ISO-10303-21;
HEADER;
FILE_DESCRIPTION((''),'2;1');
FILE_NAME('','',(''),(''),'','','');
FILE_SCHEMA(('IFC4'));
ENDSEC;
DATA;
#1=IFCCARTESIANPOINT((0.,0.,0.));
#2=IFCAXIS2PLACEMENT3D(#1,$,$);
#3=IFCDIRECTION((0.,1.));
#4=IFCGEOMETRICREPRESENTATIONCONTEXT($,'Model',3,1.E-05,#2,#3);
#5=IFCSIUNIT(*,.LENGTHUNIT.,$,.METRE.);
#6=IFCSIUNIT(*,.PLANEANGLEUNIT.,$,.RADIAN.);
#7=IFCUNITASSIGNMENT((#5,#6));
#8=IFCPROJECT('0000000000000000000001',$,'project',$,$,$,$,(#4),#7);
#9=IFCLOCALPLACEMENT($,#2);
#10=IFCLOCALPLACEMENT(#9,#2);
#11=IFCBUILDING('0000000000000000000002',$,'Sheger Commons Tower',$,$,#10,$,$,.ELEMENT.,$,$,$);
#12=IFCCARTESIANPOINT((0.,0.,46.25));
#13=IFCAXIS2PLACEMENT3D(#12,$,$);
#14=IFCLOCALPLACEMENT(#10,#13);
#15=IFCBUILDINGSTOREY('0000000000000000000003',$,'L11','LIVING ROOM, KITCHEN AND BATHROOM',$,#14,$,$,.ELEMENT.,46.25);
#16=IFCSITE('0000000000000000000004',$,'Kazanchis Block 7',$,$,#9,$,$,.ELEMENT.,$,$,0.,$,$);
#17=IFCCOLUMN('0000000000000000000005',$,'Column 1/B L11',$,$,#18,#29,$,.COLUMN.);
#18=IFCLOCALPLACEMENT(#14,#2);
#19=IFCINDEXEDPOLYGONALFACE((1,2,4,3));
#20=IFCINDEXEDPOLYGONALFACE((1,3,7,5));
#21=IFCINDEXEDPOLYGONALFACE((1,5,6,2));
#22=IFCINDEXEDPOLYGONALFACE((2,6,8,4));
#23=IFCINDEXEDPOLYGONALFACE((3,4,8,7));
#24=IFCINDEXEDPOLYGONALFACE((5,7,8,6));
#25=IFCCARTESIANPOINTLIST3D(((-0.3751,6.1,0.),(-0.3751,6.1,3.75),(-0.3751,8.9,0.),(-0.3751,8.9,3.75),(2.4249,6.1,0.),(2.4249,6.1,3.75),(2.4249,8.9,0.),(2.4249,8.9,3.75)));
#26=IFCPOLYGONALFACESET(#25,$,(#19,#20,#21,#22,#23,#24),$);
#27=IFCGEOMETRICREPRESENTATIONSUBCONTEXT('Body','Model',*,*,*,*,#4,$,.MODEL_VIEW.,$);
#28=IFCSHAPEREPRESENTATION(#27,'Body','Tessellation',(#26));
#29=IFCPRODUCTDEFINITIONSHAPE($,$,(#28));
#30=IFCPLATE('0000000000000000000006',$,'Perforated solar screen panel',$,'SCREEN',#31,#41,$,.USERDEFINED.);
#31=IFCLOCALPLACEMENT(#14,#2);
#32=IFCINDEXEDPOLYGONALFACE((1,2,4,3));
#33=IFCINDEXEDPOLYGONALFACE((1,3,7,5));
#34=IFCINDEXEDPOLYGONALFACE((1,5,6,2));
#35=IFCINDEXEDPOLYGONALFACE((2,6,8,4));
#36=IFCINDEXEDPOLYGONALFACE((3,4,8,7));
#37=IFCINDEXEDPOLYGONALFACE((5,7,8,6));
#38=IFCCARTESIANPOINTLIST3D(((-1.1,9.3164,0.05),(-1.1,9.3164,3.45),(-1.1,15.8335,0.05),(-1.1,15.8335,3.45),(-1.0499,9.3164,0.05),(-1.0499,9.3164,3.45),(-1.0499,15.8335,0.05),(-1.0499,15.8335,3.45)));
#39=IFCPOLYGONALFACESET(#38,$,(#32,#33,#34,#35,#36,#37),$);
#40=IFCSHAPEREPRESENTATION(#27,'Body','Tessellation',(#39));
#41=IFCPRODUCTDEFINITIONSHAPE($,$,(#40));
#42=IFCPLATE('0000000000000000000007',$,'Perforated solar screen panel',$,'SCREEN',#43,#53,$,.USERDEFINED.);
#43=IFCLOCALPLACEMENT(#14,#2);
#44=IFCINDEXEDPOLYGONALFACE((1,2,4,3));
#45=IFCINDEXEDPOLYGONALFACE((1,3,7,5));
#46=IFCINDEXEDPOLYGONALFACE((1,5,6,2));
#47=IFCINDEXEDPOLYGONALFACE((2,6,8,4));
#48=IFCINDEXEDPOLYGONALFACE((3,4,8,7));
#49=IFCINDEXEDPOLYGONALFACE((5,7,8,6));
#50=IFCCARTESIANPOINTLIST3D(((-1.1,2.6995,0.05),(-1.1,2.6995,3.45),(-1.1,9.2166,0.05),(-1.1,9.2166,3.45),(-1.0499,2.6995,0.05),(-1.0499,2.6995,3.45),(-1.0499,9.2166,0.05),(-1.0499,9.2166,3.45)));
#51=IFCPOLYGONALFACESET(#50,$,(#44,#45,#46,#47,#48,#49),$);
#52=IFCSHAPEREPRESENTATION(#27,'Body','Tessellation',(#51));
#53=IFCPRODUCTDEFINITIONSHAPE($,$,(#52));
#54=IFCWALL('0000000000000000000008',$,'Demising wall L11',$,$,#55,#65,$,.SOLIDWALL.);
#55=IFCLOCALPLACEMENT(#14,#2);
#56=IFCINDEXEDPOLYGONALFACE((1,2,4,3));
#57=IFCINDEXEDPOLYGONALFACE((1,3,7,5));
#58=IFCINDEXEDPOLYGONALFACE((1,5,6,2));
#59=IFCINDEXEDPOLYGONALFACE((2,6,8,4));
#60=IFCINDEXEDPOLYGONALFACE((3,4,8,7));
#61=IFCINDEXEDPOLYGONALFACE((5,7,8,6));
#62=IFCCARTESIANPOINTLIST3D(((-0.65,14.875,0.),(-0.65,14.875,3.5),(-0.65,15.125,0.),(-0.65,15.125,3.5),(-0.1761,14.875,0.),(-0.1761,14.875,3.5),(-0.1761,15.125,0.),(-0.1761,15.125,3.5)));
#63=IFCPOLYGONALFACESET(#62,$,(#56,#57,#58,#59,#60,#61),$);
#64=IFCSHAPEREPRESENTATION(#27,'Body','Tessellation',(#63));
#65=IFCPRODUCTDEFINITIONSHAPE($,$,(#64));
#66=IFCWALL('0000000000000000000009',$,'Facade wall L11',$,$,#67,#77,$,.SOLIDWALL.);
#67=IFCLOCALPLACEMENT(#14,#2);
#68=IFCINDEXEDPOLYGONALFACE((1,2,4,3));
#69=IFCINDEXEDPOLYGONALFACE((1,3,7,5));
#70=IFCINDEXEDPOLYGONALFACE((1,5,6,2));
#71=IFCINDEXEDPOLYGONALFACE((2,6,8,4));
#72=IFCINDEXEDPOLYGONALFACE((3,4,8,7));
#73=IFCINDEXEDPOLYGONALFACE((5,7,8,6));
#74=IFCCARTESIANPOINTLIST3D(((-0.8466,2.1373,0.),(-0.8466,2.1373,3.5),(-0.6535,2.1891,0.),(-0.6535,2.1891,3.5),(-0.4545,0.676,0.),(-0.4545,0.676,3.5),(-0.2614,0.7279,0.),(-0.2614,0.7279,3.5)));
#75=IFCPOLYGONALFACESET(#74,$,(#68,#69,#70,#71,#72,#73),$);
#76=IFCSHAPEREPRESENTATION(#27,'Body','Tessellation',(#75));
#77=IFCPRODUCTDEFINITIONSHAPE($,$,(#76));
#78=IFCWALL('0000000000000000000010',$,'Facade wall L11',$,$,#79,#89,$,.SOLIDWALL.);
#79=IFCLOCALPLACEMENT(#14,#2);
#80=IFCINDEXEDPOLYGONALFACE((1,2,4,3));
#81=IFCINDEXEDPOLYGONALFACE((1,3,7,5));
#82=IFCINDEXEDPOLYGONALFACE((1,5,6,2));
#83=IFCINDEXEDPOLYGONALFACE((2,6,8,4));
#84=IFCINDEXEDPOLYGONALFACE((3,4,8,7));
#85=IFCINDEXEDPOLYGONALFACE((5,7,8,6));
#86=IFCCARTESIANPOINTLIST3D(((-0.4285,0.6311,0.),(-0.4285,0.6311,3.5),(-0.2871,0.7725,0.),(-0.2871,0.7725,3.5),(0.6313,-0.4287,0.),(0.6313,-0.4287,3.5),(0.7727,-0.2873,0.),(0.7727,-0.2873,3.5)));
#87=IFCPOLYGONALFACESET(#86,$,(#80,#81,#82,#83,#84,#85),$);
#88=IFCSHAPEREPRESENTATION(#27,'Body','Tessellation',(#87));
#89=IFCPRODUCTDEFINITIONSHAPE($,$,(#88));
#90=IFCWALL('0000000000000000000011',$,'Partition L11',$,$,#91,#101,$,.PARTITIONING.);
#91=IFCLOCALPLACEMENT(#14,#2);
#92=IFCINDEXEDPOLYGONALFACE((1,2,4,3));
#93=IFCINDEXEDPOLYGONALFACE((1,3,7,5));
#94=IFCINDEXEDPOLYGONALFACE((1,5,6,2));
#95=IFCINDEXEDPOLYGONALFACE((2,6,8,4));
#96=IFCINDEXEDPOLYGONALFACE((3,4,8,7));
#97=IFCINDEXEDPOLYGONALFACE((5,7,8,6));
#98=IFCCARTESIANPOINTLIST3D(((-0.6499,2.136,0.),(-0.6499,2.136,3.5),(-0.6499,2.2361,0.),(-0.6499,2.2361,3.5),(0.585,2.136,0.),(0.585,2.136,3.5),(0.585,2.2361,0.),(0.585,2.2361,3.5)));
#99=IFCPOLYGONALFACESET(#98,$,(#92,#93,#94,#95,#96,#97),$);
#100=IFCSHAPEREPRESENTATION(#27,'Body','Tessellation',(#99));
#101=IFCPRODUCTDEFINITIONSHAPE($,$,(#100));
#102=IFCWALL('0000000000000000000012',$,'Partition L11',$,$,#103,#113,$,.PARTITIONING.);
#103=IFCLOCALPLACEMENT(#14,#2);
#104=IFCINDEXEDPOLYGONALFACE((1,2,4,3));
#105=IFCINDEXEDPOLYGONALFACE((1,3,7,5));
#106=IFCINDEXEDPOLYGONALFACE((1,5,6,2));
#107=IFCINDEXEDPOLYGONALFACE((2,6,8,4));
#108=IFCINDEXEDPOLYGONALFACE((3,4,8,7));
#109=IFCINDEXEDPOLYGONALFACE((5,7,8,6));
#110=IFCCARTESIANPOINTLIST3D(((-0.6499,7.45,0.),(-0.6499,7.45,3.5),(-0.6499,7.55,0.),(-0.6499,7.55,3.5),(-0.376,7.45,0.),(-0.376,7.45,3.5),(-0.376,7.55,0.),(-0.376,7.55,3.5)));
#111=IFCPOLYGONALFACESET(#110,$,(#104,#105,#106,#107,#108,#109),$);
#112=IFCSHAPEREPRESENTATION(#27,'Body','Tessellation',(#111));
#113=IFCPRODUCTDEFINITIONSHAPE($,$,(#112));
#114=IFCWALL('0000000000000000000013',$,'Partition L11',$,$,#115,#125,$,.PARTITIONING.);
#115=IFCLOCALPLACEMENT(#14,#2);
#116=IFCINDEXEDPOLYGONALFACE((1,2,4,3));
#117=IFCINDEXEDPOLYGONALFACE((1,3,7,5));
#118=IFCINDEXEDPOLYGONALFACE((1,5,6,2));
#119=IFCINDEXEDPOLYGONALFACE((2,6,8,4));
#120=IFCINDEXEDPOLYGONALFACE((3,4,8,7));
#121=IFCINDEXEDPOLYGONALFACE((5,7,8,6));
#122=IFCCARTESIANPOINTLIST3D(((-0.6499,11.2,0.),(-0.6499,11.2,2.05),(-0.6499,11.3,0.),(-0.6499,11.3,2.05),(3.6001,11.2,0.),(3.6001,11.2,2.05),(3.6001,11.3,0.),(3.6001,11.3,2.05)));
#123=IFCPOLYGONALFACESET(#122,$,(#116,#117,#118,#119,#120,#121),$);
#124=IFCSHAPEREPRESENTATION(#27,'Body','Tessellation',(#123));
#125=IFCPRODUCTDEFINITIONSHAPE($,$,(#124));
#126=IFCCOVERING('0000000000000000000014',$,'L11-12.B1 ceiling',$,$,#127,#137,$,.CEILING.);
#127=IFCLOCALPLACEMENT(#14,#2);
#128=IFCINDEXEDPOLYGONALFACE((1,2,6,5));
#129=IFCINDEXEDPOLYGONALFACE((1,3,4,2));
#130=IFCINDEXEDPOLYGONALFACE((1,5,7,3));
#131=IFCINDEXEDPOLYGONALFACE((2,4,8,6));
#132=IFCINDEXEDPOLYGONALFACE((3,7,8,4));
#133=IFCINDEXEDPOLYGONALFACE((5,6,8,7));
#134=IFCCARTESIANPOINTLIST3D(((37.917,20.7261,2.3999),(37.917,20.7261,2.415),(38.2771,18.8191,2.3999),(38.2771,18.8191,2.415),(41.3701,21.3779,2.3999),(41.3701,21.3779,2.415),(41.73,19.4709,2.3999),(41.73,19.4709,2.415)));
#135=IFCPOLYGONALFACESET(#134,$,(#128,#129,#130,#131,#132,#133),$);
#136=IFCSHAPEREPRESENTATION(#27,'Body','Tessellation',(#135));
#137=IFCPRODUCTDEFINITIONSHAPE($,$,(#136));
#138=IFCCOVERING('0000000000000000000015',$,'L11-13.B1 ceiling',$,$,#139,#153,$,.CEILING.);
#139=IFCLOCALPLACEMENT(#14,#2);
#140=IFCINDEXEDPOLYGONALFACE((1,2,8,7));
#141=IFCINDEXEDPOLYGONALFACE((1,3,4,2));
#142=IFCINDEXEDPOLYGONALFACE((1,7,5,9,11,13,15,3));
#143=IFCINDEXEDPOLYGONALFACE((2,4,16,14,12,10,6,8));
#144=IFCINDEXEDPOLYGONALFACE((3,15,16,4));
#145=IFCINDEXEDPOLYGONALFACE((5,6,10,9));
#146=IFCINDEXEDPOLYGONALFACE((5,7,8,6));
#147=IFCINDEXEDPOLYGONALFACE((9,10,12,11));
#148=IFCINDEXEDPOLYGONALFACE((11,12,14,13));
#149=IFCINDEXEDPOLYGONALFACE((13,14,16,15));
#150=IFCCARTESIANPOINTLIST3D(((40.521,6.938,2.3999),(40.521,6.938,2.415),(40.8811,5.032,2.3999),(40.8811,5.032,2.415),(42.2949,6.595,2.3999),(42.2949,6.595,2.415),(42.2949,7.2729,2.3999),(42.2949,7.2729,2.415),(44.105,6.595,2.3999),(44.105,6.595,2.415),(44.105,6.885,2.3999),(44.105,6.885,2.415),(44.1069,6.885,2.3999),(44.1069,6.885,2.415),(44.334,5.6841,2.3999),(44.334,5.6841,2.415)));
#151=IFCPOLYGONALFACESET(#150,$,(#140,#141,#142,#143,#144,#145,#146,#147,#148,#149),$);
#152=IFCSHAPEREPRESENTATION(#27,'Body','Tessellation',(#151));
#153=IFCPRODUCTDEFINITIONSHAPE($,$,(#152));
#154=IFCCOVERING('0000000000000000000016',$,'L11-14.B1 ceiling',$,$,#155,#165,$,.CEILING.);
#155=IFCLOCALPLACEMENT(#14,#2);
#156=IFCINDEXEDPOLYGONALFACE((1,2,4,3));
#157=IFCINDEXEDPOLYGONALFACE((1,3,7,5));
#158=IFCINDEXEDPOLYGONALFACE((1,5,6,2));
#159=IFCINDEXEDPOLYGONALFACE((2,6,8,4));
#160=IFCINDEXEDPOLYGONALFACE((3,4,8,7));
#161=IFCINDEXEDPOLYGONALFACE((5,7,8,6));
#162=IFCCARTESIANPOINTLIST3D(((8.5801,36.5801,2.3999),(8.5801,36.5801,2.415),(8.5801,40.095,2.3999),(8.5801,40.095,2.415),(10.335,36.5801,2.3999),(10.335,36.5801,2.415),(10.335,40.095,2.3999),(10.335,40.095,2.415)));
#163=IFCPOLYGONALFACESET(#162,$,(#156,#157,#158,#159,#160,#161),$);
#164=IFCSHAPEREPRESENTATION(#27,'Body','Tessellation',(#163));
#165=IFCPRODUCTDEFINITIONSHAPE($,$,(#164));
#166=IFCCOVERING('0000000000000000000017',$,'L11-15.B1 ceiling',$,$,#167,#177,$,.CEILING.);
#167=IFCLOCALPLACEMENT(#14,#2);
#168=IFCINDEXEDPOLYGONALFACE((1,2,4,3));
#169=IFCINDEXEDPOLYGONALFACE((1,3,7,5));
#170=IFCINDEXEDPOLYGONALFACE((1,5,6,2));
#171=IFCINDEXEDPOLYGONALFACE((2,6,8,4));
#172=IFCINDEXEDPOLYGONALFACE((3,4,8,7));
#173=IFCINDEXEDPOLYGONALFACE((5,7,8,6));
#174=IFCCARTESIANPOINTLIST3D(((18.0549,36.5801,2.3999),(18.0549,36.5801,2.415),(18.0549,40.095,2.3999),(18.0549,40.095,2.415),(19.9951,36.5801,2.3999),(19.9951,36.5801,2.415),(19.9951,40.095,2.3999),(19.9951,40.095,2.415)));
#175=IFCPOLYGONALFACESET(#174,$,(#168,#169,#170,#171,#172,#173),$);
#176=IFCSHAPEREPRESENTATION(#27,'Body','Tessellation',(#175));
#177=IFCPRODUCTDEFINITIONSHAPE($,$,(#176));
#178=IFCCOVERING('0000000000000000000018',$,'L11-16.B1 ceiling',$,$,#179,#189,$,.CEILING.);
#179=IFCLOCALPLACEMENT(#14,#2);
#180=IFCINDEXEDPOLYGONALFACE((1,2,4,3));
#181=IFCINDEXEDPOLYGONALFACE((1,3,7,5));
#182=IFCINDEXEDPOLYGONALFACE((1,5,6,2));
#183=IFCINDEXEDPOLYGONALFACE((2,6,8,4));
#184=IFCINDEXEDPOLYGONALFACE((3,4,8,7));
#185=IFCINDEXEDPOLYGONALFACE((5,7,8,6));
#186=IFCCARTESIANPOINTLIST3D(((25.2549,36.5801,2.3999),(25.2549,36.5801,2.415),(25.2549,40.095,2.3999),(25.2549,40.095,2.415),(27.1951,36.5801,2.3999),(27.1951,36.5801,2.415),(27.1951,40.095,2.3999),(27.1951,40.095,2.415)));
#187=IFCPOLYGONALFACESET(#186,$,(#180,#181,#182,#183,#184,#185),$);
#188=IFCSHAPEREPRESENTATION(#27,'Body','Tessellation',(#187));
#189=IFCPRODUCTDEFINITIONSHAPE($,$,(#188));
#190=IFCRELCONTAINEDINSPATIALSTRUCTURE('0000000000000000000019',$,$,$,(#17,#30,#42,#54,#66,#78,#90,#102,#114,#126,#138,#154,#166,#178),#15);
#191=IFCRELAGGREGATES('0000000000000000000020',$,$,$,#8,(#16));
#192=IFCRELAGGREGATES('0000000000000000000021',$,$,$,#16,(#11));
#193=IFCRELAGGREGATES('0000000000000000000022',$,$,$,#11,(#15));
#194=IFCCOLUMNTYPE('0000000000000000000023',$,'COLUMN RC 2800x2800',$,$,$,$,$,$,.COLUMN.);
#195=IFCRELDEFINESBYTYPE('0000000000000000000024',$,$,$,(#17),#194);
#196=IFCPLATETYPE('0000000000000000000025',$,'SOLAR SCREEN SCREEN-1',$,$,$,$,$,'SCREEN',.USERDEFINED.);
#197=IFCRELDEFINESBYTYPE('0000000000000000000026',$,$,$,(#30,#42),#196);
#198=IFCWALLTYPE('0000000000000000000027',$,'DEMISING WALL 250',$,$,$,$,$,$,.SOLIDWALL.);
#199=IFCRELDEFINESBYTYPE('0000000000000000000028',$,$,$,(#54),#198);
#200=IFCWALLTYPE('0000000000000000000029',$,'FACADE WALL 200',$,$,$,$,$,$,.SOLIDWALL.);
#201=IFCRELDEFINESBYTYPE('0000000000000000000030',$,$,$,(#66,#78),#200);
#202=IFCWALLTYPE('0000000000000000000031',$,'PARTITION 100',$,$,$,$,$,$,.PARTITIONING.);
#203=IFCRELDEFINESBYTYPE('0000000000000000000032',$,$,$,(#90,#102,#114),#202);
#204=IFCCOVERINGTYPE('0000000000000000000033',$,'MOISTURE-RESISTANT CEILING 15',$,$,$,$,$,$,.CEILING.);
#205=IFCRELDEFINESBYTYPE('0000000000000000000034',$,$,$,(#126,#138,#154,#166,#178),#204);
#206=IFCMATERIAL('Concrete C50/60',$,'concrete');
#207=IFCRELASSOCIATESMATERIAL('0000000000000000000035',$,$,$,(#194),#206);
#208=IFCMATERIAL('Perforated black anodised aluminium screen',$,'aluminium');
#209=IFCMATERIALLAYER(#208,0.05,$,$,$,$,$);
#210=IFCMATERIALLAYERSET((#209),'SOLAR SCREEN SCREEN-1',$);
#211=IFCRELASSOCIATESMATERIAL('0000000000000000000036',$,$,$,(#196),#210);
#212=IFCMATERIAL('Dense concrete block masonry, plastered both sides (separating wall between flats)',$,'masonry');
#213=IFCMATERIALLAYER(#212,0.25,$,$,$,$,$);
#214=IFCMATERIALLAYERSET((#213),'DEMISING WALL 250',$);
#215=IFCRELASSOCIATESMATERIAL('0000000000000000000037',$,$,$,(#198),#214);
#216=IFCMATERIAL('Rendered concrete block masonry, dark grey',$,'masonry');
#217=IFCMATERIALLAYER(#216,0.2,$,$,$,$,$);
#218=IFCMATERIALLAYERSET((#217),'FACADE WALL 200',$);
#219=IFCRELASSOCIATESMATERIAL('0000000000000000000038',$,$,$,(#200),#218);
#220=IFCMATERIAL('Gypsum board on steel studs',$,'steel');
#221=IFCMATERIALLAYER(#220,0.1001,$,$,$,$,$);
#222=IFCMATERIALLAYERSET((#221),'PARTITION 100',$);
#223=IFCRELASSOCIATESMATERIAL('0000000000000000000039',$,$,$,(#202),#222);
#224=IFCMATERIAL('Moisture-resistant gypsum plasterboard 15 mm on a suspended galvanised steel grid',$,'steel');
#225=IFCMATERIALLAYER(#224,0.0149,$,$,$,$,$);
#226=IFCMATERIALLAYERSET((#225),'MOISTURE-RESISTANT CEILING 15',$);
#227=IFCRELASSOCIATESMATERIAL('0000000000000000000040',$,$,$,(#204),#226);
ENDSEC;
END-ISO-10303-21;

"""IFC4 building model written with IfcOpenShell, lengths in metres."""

from ifc_helpers import new_model, si_unit, direction, frame, frame_2d, origin, origin_2d, place, context, subcontext, project, spatial, polyline, rectangle, outline, extrude, material, layer, layer_set, material_profile, profile_set, type_object, element, save


model = new_model("IFC4")

# Units and contexts
model_context = context("Model", 3, precision=1e-05, world=origin(), true_north=direction((0.0, 1.0)))
body_context = subcontext(model_context, "Body", "Model", "MODEL_VIEW")
ifc_project = project(units=[si_unit("LENGTHUNIT", "METRE"), si_unit("PLANEANGLEUNIT", "RADIAN")], contexts=[model_context])

# Site, building, storey
site_placement = place(None, origin())
site = spatial("IfcSite", under=ifc_project, at=site_placement, Name="Kazanchis Block 7", CompositionType="ELEMENT", RefElevation=0.0)
building_placement = place(site_placement, origin())
building = spatial("IfcBuilding", under=site, at=building_placement, Name="Sheger Commons Tower", CompositionType="ELEMENT")
storey_placement = place(building_placement, frame((0.0, 0.0, 46.25)))
storey = spatial("IfcBuildingStorey", under=building, at=storey_placement, Name="L11", Description="LIVING ROOM, KITCHEN AND BATHROOM", CompositionType="ELEMENT", Elevation=46.25)

# Column
ifc_material_1 = material(Name="Concrete C50/60", Category="concrete")
ifc_material_profile = material_profile(ifc_material_1, rectangle(XDim=2.8, YDim=2.8, at=origin_2d()), Name="RC 2800x2800")
ifc_profile_set = profile_set([ifc_material_profile], Name="Concrete C50/60")
column_type = type_object("IfcColumnType", Name="COLUMN RC 2800x2800", PredefinedType="COLUMN", material=ifc_profile_set)
column_placement = place(storey_placement, frame((1.0249, 7.5, 0.0), z_axis=(0.0, 0.0, 1.0), x_axis=(1.0, 0.0, 0.0)))
element("IfcColumn", 1, at=column_placement, inside=storey, type_object=column_type, Name="Column 1/B L11", PredefinedType="COLUMN", context=body_context, shape_type="SweptSolid", body=[
    extrude(rectangle(XDim=2.8, YDim=2.8, at=origin_2d()), origin(), (0.0, 0.0, 1.0), 3.75),
])

# Plates
ifc_material_2 = material(Name="Perforated black anodised aluminium screen", Category="aluminium")
ifc_layer_1 = layer(ifc_material_2, 0.05)
ifc_layer_set_1 = layer_set([ifc_layer_1], Name="SOLAR SCREEN SCREEN-1")
plate_type = type_object("IfcPlateType", Name="SOLAR SCREEN SCREEN-1", ElementType="SCREEN", PredefinedType="USERDEFINED", material=ifc_layer_set_1)
for number, where, z_axis, x_axis, name in (
    (2, (-1.075, 12.575, 0.05), (0.0, 0.0, 1.0), (0.0, -1.0, 0.0), "Perforated solar screen panel"),
    (3, (-1.075, 5.958, 0.05), (0.0, 0.0, 1.0), (0.0, -1.0, 0.0), "Perforated solar screen panel"),
):
    element("IfcPlate", number, at=place(storey_placement, frame(where, z_axis=z_axis, x_axis=x_axis)), inside=storey, type_object=plate_type, Name=name, ObjectType="SCREEN", PredefinedType="USERDEFINED", context=body_context, shape_type="SweptSolid", body=[
        extrude(rectangle(XDim=6.5171, YDim=0.05, at=origin_2d()), origin(), (0.0, 0.0, 1.0), 3.3999),
    ])

# Walls
ifc_material_3 = material(Name="Dense concrete block masonry, plastered both sides (separating wall between flats)", Category="masonry")
ifc_layer_2 = layer(ifc_material_3, 0.25)
ifc_layer_set_2 = layer_set([ifc_layer_2], Name="DEMISING WALL 250")
wall_type_1 = type_object("IfcWallType", Name="DEMISING WALL 250", PredefinedType="SOLIDWALL", material=ifc_layer_set_2)
wall_1_placement = place(storey_placement, frame((-0.6499, 15.0, 0.0), z_axis=(0.0, 0.0, 1.0), x_axis=(1.0, 0.0, 0.0)))
element("IfcWall", 4, at=wall_1_placement, inside=storey, type_object=wall_type_1, Name="Demising wall L11", PredefinedType="SOLIDWALL", context=body_context, shape_type="SweptSolid", body=[
    extrude(rectangle(XDim=0.4739, YDim=0.25, at=frame_2d((0.2368, 0.0))), origin(), (0.0, 0.0, 1.0), 3.5),
])
ifc_material_4 = material(Name="Rendered concrete block masonry, dark grey", Category="masonry")
ifc_layer_3 = layer(ifc_material_4, 0.2)
ifc_layer_set_3 = layer_set([ifc_layer_3], Name="FACADE WALL 200")
wall_type_2 = type_object("IfcWallType", Name="FACADE WALL 200", PredefinedType="SOLIDWALL", material=ifc_layer_set_3)
wall_2_placement = place(storey_placement, frame((-0.75, 2.1631, 0.0), z_axis=(0.0, 0.0, 1.0), x_axis=(0.259169, -0.965832, 0.0)))
element("IfcWall", 5, at=wall_2_placement, inside=storey, type_object=wall_type_2, Name="Facade wall L11", PredefinedType="SOLIDWALL", context=body_context, shape_type="SweptSolid", body=[
    extrude(rectangle(XDim=1.5129, YDim=0.2, at=frame_2d((0.7563, 0.0))), origin(), (0.0, 0.0, 1.0), 3.5),
])
wall_3_placement = place(storey_placement, frame((-0.3579, 0.7019, 0.0), z_axis=(0.0, 0.0, 1.0), x_axis=(0.707107, -0.707107, 0.0)))
element("IfcWall", 6, at=wall_3_placement, inside=storey, type_object=wall_type_2, Name="Facade wall L11", PredefinedType="SOLIDWALL", context=body_context, shape_type="SweptSolid", body=[
    extrude(rectangle(XDim=1.4988, YDim=0.2, at=frame_2d((0.7495, 0.0))), origin(), (0.0, 0.0, 1.0), 3.5),
])
ifc_material_5 = material(Name="Gypsum board on steel studs", Category="steel")
ifc_layer_4 = layer(ifc_material_5, 0.1001)
ifc_layer_set_4 = layer_set([ifc_layer_4], Name="PARTITION 100")
wall_type_3 = type_object("IfcWallType", Name="PARTITION 100", PredefinedType="PARTITIONING", material=ifc_layer_set_4)
wall_4_placement = place(storey_placement, frame((-0.6499, 2.186, 0.0), z_axis=(0.0, 0.0, 1.0), x_axis=(1.0, 0.0, 0.0)))
element("IfcWall", 7, at=wall_4_placement, inside=storey, type_object=wall_type_3, Name="Partition L11", PredefinedType="PARTITIONING", context=body_context, shape_type="SweptSolid", body=[
    extrude(rectangle(XDim=1.2349, YDim=0.1001, at=frame_2d((0.6174, 0.0))), origin(), (0.0, 0.0, 1.0), 3.5),
])
wall_5_placement = place(storey_placement, frame((-0.6499, 7.5, 0.0), z_axis=(0.0, 0.0, 1.0), x_axis=(1.0, 0.0, 0.0)))
element("IfcWall", 8, at=wall_5_placement, inside=storey, type_object=wall_type_3, Name="Partition L11", PredefinedType="PARTITIONING", context=body_context, shape_type="SweptSolid", body=[
    extrude(rectangle(XDim=0.2739, YDim=0.1001, at=frame_2d((0.137, 0.0))), origin(), (0.0, 0.0, 1.0), 3.5),
])
wall_6_placement = place(storey_placement, frame((-0.6499, 11.25, 0.0), z_axis=(0.0, 0.0, 1.0), x_axis=(1.0, 0.0, 0.0)))
element("IfcWall", 9, at=wall_6_placement, inside=storey, type_object=wall_type_3, Name="Partition L11", PredefinedType="PARTITIONING", context=body_context, shape_type="SweptSolid", body=[
    extrude(rectangle(XDim=4.25, YDim=0.1001, at=frame_2d((2.125, 0.0))), origin(), (0.0, 0.0, 1.0), 2.05),
])

# Coverings
ifc_material_6 = material(Name="Moisture-resistant gypsum plasterboard 15 mm on a suspended galvanised steel grid", Category="steel")
ifc_layer_5 = layer(ifc_material_6, 0.0149)
ifc_layer_set_5 = layer_set([ifc_layer_5], Name="MOISTURE-RESISTANT CEILING 15")
covering_type_1 = type_object("IfcCoveringType", Name="MOISTURE-RESISTANT CEILING 15", PredefinedType="CEILING", material=ifc_layer_set_5)
covering_1_placement = place(storey_placement, frame((0.0, 0.0, 2.3999)))
element("IfcCovering", 10, at=covering_1_placement, inside=storey, type_object=covering_type_1, Name="L11-12.B1 ceiling", PredefinedType="CEILING", context=body_context, shape_type="SweptSolid", body=[
    extrude(outline(polyline([(38.2771, 18.8191), (41.73, 19.4709), (41.3701, 21.3779), (37.917, 20.7261), (38.2771, 18.8191)])), origin(), (0.0, 0.0, 1.0), 0.0151),
])
covering_2_placement = place(storey_placement, frame((0.0, 0.0, 2.3999)))
element("IfcCovering", 11, at=covering_2_placement, inside=storey, type_object=covering_type_1, Name="L11-13.B1 ceiling", PredefinedType="CEILING", context=body_context, shape_type="SweptSolid", body=[
    extrude(outline(polyline([(40.8811, 5.032), (44.334, 5.6841), (44.1069, 6.885), (44.105, 6.885), (44.105, 6.595), (42.2949, 6.595), (42.2949, 7.2729), (40.521, 6.938), (40.8811, 5.032)])), origin(), (0.0, 0.0, 1.0), 0.0151),
])
covering_3_placement = place(storey_placement, frame((0.0, 0.0, 2.3999)))
element("IfcCovering", 12, at=covering_3_placement, inside=storey, type_object=covering_type_1, Name="L11-14.B1 ceiling", PredefinedType="CEILING", context=body_context, shape_type="SweptSolid", body=[
    extrude(outline(polyline([(8.5801, 36.5801), (10.335, 36.5801), (10.335, 40.095), (8.5801, 40.095), (8.5801, 36.5801)])), origin(), (0.0, 0.0, 1.0), 0.0151),
])
covering_4_placement = place(storey_placement, frame((0.0, 0.0, 2.3999)))
element("IfcCovering", 13, at=covering_4_placement, inside=storey, type_object=covering_type_1, Name="L11-15.B1 ceiling", PredefinedType="CEILING", context=body_context, shape_type="SweptSolid", body=[
    extrude(outline(polyline([(18.0549, 36.5801), (19.9951, 36.5801), (19.9951, 40.095), (18.0549, 40.095), (18.0549, 36.5801)])), origin(), (0.0, 0.0, 1.0), 0.0151),
])
covering_5_placement = place(storey_placement, frame((0.0, 0.0, 2.3999)))
element("IfcCovering", 14, at=covering_5_placement, inside=storey, type_object=covering_type_1, Name="L11-16.B1 ceiling", PredefinedType="CEILING", context=body_context, shape_type="SweptSolid", body=[
    extrude(outline(polyline([(25.2549, 36.5801), (27.1951, 36.5801), (27.1951, 40.095), (25.2549, 40.095), (25.2549, 36.5801)])), origin(), (0.0, 0.0, 1.0), 0.0151),
])

save(model, "model.ifc")
